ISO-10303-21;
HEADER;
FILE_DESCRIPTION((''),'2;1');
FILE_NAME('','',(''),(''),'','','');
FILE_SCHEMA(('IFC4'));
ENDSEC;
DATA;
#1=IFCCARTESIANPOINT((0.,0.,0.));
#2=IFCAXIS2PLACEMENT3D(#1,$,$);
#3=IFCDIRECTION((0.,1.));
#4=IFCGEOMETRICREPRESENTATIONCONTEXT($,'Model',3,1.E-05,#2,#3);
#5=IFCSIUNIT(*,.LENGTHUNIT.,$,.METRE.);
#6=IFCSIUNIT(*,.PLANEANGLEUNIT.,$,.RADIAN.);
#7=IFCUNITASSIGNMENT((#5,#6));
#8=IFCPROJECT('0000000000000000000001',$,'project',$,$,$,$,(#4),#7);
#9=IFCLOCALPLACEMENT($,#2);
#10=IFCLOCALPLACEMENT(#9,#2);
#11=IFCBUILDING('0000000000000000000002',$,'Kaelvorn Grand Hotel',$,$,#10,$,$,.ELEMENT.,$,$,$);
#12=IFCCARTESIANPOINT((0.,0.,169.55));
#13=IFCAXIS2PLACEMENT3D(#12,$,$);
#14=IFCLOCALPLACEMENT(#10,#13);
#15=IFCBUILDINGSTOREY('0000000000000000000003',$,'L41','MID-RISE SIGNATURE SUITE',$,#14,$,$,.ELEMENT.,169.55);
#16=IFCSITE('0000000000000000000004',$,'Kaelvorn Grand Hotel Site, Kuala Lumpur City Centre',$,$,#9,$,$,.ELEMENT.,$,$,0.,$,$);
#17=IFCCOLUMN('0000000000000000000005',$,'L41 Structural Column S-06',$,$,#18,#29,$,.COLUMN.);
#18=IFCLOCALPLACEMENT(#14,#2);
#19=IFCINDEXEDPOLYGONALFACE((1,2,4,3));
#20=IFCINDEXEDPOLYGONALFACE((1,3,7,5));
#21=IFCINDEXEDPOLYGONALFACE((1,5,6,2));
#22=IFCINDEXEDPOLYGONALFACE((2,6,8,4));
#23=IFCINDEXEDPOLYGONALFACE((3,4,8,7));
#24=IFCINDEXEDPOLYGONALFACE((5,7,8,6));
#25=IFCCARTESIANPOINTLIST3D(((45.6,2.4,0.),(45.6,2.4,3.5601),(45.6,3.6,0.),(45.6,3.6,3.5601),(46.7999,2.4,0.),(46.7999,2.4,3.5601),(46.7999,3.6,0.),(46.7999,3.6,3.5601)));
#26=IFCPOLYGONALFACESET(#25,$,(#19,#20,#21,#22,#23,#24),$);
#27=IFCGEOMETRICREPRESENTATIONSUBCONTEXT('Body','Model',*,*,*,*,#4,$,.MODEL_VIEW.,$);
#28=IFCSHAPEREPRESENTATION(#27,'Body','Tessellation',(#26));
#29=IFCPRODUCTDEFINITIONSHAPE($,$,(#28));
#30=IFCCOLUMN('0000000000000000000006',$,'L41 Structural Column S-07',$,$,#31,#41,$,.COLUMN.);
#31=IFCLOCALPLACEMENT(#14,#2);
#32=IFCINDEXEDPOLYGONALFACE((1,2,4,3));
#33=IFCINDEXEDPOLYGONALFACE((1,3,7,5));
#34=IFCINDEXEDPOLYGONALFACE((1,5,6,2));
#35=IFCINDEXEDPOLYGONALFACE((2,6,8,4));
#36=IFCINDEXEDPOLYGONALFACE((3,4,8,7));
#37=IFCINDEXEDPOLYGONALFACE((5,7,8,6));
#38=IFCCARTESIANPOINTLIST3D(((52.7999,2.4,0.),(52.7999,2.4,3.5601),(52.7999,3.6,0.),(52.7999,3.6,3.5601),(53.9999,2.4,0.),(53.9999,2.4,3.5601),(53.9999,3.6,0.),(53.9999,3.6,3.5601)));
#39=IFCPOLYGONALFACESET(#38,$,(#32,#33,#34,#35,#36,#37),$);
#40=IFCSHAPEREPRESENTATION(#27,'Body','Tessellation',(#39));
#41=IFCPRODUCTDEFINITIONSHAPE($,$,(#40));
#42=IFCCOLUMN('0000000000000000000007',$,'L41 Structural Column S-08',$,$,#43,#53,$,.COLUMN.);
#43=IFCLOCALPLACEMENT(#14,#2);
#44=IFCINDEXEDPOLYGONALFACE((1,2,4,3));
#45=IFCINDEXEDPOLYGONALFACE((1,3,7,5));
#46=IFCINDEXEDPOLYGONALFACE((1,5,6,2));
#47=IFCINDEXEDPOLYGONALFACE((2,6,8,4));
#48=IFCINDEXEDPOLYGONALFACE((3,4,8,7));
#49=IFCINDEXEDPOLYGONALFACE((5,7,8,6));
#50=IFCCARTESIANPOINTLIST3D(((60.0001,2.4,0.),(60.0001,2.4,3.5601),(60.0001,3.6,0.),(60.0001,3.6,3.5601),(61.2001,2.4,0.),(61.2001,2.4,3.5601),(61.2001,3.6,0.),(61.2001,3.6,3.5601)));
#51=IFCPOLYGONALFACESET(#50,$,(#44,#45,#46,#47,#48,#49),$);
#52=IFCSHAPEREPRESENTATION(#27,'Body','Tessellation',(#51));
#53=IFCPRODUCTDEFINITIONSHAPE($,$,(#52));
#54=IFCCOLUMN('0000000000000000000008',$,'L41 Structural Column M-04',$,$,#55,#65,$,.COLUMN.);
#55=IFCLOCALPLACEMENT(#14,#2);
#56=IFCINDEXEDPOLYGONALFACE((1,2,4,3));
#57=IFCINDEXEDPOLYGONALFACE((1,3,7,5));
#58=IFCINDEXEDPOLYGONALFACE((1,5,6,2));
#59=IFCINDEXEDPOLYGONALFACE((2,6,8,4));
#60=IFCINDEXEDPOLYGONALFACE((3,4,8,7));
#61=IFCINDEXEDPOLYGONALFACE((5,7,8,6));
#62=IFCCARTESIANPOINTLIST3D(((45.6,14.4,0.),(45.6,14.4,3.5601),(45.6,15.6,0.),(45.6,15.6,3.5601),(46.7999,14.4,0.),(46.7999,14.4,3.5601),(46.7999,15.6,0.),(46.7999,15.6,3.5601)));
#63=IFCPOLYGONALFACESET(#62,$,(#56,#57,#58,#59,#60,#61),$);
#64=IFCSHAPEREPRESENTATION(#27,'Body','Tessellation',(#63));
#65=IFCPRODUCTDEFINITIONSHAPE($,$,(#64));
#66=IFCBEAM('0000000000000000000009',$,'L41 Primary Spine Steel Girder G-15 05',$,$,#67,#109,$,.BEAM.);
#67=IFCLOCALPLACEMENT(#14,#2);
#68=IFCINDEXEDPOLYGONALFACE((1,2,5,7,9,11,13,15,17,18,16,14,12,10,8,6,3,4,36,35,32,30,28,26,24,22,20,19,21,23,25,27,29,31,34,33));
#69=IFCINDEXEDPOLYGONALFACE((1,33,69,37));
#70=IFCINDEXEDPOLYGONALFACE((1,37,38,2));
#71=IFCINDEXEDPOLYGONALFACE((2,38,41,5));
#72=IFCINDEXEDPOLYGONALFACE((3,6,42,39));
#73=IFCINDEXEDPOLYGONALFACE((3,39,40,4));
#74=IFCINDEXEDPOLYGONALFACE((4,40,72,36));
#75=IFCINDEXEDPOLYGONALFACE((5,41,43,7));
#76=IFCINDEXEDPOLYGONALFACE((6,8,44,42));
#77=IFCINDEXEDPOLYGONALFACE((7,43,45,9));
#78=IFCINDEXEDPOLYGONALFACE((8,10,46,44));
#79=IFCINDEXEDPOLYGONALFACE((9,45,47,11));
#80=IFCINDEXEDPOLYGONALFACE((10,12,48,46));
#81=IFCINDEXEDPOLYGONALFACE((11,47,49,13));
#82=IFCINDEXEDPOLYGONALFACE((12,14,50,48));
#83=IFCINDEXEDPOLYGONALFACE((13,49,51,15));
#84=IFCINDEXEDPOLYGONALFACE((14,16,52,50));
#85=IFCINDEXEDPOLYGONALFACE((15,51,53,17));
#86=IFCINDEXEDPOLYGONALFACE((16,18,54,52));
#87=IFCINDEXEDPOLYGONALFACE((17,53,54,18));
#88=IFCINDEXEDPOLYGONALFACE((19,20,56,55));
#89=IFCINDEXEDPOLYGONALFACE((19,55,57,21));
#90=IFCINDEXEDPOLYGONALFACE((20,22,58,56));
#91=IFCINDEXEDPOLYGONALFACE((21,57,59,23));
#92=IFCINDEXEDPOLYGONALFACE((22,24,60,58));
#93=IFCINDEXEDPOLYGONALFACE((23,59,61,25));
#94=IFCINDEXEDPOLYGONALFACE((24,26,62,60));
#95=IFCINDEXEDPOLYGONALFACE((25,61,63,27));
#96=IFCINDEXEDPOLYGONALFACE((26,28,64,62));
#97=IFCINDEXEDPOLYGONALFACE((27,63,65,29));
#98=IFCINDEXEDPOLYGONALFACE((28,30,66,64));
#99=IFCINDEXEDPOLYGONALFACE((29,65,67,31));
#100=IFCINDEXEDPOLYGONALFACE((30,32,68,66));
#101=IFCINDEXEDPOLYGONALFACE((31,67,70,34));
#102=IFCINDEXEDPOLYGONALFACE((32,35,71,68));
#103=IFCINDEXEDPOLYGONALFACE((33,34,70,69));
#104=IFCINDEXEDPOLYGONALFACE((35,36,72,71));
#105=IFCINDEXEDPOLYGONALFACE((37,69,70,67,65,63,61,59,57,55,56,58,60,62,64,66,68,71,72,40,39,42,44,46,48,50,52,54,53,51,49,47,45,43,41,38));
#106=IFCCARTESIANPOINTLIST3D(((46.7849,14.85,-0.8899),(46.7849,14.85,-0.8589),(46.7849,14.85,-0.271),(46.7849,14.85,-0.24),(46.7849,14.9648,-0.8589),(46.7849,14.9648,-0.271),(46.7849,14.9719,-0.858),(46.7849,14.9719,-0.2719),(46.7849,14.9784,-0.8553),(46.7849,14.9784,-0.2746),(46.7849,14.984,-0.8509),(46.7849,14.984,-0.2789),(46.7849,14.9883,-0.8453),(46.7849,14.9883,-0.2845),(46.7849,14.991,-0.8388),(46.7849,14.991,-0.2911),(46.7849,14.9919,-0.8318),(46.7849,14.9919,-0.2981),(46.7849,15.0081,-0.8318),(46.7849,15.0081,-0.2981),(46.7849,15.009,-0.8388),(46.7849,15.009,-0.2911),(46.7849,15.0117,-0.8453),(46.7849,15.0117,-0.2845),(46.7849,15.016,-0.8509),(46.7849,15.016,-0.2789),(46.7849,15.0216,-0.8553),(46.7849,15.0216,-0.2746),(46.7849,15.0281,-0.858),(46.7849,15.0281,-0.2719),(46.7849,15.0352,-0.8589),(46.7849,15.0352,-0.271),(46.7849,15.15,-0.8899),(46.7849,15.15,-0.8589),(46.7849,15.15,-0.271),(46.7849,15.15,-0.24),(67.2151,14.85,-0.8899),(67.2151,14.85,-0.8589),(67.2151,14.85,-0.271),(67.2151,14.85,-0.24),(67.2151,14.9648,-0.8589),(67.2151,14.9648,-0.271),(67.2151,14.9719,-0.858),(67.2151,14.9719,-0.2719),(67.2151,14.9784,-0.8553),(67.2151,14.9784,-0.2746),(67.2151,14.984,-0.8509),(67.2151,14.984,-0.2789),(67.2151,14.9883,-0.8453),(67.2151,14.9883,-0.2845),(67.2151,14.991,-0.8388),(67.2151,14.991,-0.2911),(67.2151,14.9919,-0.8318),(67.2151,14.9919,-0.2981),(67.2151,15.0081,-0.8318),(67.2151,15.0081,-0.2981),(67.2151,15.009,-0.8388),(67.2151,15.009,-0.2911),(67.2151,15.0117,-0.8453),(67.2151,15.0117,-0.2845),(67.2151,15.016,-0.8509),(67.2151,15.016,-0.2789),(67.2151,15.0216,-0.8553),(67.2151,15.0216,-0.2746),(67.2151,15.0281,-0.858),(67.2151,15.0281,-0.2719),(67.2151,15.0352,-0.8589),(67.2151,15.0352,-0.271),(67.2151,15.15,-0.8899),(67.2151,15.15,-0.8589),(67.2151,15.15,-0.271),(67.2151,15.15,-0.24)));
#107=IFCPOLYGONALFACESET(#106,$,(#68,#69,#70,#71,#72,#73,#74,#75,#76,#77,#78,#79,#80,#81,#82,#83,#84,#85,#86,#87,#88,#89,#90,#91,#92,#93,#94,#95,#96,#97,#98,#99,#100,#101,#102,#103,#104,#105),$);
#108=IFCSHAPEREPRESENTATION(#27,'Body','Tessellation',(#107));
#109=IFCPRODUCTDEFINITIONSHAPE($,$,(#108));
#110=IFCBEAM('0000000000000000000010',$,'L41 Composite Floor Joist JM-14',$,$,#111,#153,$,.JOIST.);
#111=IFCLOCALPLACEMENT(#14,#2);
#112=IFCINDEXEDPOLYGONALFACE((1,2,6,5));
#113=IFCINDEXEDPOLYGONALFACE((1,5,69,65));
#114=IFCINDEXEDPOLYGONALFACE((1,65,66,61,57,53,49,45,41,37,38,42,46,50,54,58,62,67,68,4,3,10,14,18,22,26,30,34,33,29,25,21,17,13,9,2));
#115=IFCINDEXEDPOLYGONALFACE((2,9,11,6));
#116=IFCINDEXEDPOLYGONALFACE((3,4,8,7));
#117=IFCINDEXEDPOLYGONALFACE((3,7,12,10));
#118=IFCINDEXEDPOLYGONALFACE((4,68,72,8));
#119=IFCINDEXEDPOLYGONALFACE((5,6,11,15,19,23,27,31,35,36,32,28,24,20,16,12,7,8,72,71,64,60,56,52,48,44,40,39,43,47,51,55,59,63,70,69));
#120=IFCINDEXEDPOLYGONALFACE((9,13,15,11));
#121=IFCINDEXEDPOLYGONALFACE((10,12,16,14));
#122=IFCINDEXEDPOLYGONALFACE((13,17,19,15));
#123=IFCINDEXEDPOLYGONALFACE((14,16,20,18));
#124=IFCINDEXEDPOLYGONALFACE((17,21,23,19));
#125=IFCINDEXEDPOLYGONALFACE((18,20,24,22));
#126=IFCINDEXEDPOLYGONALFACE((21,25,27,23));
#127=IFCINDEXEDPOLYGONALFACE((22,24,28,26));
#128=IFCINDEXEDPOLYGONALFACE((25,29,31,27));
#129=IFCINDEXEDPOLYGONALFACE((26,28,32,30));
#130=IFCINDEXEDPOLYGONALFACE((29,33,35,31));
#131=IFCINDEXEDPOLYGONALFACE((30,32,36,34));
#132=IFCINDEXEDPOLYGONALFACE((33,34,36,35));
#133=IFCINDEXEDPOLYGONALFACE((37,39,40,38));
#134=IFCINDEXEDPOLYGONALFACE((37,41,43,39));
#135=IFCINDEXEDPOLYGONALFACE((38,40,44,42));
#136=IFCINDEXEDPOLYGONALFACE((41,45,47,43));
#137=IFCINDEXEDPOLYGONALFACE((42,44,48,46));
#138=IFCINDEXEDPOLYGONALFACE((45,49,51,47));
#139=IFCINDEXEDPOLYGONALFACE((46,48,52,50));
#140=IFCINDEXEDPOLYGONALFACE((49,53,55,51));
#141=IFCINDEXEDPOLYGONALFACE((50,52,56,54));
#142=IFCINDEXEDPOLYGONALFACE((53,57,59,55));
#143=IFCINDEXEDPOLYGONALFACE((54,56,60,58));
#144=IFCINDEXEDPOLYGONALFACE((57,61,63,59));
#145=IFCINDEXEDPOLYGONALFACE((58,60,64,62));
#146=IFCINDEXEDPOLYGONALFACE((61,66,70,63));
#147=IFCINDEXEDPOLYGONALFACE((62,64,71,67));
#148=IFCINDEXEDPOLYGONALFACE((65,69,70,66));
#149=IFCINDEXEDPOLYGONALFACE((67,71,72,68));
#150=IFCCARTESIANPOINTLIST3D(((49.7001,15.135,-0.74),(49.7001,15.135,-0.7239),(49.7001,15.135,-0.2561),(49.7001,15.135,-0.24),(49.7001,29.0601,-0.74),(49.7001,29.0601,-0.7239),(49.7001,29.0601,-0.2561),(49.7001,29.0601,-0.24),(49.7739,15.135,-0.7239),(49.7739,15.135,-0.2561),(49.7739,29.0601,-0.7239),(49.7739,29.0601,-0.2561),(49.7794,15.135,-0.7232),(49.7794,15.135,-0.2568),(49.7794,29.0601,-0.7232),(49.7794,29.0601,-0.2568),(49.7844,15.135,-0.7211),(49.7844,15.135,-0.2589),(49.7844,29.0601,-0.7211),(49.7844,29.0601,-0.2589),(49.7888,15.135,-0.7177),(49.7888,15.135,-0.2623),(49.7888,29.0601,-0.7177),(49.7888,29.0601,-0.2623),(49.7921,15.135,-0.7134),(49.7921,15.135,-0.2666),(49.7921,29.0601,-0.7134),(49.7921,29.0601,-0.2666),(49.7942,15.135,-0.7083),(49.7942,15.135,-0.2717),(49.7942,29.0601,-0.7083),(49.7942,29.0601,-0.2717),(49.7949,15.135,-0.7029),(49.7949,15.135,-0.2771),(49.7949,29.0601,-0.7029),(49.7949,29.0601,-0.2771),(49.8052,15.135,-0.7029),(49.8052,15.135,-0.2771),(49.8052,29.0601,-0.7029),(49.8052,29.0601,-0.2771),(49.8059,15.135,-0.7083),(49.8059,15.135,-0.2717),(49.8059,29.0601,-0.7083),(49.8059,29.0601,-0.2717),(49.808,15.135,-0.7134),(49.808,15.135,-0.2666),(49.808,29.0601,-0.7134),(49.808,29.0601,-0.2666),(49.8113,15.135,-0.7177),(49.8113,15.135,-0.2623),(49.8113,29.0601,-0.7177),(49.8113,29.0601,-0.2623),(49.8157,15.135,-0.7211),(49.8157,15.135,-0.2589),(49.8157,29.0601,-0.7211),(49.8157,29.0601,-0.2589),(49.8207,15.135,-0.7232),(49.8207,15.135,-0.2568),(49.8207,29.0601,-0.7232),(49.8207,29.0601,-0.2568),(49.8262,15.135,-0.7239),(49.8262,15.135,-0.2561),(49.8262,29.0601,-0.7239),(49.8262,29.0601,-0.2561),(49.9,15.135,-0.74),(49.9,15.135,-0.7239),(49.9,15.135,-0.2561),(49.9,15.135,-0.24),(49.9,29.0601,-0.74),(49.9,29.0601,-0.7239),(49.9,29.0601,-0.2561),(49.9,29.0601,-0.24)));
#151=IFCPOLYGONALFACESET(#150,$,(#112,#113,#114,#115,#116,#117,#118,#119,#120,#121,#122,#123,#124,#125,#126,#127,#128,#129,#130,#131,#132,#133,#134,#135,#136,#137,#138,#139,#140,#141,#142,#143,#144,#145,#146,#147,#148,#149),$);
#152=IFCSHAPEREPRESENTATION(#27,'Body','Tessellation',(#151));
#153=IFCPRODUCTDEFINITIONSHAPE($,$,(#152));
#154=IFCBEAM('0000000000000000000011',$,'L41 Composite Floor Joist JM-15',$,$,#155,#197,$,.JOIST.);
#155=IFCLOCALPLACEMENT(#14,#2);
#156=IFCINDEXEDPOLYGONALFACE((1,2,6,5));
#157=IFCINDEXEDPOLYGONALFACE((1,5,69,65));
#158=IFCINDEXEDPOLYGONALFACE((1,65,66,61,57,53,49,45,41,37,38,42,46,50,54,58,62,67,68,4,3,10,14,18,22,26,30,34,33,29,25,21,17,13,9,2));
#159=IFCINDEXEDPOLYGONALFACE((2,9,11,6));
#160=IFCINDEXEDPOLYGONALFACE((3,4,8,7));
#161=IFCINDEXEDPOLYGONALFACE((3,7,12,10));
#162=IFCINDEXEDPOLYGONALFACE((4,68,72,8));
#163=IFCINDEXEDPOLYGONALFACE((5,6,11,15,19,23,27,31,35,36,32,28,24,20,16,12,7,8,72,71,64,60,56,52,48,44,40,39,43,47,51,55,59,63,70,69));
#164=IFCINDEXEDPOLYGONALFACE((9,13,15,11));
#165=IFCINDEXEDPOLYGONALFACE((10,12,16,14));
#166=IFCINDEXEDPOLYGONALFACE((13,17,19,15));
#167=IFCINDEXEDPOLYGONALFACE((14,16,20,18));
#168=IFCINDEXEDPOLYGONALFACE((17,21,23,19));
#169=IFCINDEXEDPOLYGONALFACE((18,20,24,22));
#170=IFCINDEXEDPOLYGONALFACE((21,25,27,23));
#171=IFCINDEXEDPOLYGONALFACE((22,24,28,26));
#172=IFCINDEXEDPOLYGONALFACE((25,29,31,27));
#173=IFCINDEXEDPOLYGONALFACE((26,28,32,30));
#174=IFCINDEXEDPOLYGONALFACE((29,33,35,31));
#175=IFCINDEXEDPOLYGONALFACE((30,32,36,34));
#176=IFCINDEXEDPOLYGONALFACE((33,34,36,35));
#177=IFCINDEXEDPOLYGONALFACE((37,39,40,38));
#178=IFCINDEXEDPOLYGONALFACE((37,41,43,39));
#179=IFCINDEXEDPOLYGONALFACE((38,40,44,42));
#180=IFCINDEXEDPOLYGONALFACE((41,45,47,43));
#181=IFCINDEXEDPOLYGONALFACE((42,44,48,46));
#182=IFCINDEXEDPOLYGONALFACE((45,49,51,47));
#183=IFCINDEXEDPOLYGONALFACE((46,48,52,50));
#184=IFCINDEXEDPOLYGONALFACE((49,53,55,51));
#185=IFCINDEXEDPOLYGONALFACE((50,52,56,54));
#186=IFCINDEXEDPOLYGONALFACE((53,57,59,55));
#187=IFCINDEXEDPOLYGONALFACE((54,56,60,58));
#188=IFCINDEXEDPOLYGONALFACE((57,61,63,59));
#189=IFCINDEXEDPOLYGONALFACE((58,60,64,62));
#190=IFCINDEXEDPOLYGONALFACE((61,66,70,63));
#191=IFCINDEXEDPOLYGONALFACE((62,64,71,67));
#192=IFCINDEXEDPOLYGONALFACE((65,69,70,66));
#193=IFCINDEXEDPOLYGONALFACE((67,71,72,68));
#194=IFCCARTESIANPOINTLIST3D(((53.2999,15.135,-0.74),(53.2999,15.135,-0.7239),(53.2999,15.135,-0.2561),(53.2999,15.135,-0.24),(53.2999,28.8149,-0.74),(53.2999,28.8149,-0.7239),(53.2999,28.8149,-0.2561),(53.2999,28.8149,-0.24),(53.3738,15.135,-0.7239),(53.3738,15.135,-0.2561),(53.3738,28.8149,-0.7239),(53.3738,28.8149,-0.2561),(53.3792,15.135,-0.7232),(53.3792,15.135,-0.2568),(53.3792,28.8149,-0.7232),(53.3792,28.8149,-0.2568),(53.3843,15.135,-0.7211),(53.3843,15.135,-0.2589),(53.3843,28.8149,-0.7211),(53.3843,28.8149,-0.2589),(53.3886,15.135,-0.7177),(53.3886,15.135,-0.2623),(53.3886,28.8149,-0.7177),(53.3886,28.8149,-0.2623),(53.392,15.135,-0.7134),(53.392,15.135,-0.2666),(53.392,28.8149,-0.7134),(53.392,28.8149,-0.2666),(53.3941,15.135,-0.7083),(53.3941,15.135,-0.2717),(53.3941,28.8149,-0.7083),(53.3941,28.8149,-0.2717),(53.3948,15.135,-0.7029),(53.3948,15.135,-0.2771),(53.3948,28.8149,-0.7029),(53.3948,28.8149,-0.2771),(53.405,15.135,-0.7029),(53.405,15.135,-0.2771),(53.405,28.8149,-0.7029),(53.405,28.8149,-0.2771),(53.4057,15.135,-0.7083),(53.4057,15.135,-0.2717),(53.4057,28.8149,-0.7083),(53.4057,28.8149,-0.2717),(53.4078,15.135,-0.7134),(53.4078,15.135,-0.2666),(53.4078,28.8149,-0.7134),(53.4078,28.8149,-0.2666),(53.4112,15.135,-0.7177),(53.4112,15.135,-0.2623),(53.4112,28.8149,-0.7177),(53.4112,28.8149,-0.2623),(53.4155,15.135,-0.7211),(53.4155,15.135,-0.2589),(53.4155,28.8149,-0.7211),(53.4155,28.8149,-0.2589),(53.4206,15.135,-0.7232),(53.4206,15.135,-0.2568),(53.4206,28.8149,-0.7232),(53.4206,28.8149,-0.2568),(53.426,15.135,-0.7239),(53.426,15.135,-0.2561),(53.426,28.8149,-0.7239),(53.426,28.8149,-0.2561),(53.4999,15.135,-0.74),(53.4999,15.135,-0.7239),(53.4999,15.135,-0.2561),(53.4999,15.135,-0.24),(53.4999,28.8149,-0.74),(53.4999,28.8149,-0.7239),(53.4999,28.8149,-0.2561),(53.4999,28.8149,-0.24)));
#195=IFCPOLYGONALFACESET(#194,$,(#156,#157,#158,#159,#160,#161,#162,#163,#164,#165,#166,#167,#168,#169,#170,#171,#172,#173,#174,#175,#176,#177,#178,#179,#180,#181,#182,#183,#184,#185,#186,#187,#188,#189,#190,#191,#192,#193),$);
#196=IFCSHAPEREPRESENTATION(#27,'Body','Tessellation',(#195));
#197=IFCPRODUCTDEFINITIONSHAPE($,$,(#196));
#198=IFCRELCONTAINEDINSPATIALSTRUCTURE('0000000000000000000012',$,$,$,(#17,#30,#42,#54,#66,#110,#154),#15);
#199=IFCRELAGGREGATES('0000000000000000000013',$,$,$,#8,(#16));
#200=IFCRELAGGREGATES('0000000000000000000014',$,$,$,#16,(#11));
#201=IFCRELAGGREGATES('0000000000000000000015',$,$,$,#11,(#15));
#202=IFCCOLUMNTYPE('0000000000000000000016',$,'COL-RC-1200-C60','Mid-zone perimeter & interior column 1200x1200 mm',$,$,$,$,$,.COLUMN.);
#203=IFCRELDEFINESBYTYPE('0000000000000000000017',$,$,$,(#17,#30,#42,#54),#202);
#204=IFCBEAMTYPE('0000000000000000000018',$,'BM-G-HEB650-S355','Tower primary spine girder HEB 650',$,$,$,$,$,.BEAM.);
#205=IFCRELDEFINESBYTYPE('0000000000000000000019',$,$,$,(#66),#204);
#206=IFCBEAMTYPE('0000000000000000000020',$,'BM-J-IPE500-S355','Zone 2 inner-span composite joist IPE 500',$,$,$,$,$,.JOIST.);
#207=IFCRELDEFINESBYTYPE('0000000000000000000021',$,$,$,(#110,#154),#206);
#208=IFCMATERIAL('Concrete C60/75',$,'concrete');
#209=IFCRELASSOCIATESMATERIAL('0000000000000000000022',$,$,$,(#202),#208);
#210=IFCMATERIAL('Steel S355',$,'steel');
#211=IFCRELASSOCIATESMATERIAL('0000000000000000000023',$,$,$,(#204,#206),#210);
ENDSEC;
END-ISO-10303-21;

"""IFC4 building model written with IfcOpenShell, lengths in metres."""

from ifc_helpers import new_model, si_unit, direction, frame, origin, origin_2d, place, context, subcontext, project, spatial, rectangle, i_section, extrude, material, material_profile, profile_set, type_object, element, save


model = new_model("IFC4")

# Units and contexts
model_context = context("Model", 3, precision=1e-05, world=origin(), true_north=direction((0.0, 1.0)))
body_context = subcontext(model_context, "Body", "Model", "MODEL_VIEW")
ifc_project = project(units=[si_unit("LENGTHUNIT", "METRE"), si_unit("PLANEANGLEUNIT", "RADIAN")], contexts=[model_context])

# Site, building, storey
site_placement = place(None, origin())
site = spatial("IfcSite", under=ifc_project, at=site_placement, Name="Kaelvorn Grand Hotel Site, Kuala Lumpur City Centre", CompositionType="ELEMENT", RefElevation=0.0)
building_placement = place(site_placement, origin())
building = spatial("IfcBuilding", under=site, at=building_placement, Name="Kaelvorn Grand Hotel", CompositionType="ELEMENT")
storey_placement = place(building_placement, frame((0.0, 0.0, 169.55)))
storey = spatial("IfcBuildingStorey", under=building, at=storey_placement, Name="L41", Description="MID-RISE SIGNATURE SUITE", CompositionType="ELEMENT", Elevation=169.55)

# Columns
ifc_material_1 = material(Name="Concrete C60/75", Category="concrete")
ifc_material_profile_1 = material_profile(ifc_material_1, rectangle(XDim=1.2, YDim=1.2, at=origin_2d()), Name="RC COL 1200x1200")
ifc_profile_set_1 = profile_set([ifc_material_profile_1], Name="Concrete C60/75")
column_type = type_object("IfcColumnType", Name="COL-RC-1200-C60", Description="Mid-zone perimeter & interior column 1200x1200 mm", PredefinedType="COLUMN", material=ifc_profile_set_1)
for number, where, z_axis, x_axis, name in (
    (1, (46.2, 3.0, 0.0), (0.0, 0.0, 1.0), (1.0, 0.0, 0.0), "L41 Structural Column S-06"),
    (2, (53.3999, 3.0, 0.0), (0.0, 0.0, 1.0), (1.0, 0.0, 0.0), "L41 Structural Column S-07"),
    (3, (60.6001, 3.0, 0.0), (0.0, 0.0, 1.0), (1.0, 0.0, 0.0), "L41 Structural Column S-08"),
    (4, (46.2, 15.0, 0.0), (0.0, 0.0, 1.0), (1.0, 0.0, 0.0), "L41 Structural Column M-04"),
):
    element("IfcColumn", number, at=place(storey_placement, frame(where, z_axis=z_axis, x_axis=x_axis)), inside=storey, type_object=column_type, Name=name, PredefinedType="COLUMN", context=body_context, shape_type="SweptSolid", body=[
        extrude(rectangle(XDim=1.2, YDim=1.2, at=origin_2d()), origin(), (0.0, 0.0, 1.0), 3.5601),
    ])

# Beams
ifc_material_2 = material(Name="Steel S355", Category="steel")
ifc_material_profile_2 = material_profile(ifc_material_2, i_section(OverallWidth=0.3, OverallDepth=0.6499, WebThickness=0.0161, FlangeThickness=0.031, FilletRadius=0.0271, at=origin_2d()), Name="HEB 650")
ifc_profile_set_2 = profile_set([ifc_material_profile_2], Name="Steel S355")
beam_type_1 = type_object("IfcBeamType", Name="BM-G-HEB650-S355", Description="Tower primary spine girder HEB 650", PredefinedType="BEAM", material=ifc_profile_set_2)
beam_1_placement = place(storey_placement, frame((46.7849, 15.0, -0.5649), z_axis=(1.0, 0.0, 0.0), x_axis=(0.0, 1.0, 0.0)))
element("IfcBeam", 5, at=beam_1_placement, inside=storey, type_object=beam_type_1, Name="L41 Primary Spine Steel Girder G-15 05", PredefinedType="BEAM", context=body_context, shape_type="SweptSolid", body=[
    extrude(i_section(OverallWidth=0.3, OverallDepth=0.6499, WebThickness=0.0161, FlangeThickness=0.031, FilletRadius=0.0271, at=origin_2d()), origin(), (0.0, 0.0, 1.0), 20.4302),
])
ifc_material_profile_3 = material_profile(ifc_material_2, i_section(OverallWidth=0.2, OverallDepth=0.5, WebThickness=0.0103, FlangeThickness=0.0161, FilletRadius=0.021, at=origin_2d()), Name="IPE 500")
ifc_profile_set_3 = profile_set([ifc_material_profile_3], Name="Steel S355")
beam_type_2 = type_object("IfcBeamType", Name="BM-J-IPE500-S355", Description="Zone 2 inner-span composite joist IPE 500", PredefinedType="JOIST", material=ifc_profile_set_3)
beam_2_placement = place(storey_placement, frame((49.8, 15.135, -0.49), z_axis=(0.0, 1.0, 0.0), x_axis=(-1.0, 0.0, 0.0)))
element("IfcBeam", 6, at=beam_2_placement, inside=storey, type_object=beam_type_2, Name="L41 Composite Floor Joist JM-14", PredefinedType="JOIST", context=body_context, shape_type="SweptSolid", body=[
    extrude(i_section(OverallWidth=0.2, OverallDepth=0.5, WebThickness=0.0103, FlangeThickness=0.0161, FilletRadius=0.021, at=origin_2d()), origin(), (0.0, 0.0, 1.0), 13.925),
])
beam_3_placement = place(storey_placement, frame((53.3999, 15.135, -0.49), z_axis=(0.0, 1.0, 0.0), x_axis=(-1.0, 0.0, 0.0)))
element("IfcBeam", 7, at=beam_3_placement, inside=storey, type_object=beam_type_2, Name="L41 Composite Floor Joist JM-15", PredefinedType="JOIST", context=body_context, shape_type="SweptSolid", body=[
    extrude(i_section(OverallWidth=0.2, OverallDepth=0.5, WebThickness=0.0103, FlangeThickness=0.0161, FilletRadius=0.021, at=origin_2d()), origin(), (0.0, 0.0, 1.0), 13.6799),
])

save(model, "model.ifc")
